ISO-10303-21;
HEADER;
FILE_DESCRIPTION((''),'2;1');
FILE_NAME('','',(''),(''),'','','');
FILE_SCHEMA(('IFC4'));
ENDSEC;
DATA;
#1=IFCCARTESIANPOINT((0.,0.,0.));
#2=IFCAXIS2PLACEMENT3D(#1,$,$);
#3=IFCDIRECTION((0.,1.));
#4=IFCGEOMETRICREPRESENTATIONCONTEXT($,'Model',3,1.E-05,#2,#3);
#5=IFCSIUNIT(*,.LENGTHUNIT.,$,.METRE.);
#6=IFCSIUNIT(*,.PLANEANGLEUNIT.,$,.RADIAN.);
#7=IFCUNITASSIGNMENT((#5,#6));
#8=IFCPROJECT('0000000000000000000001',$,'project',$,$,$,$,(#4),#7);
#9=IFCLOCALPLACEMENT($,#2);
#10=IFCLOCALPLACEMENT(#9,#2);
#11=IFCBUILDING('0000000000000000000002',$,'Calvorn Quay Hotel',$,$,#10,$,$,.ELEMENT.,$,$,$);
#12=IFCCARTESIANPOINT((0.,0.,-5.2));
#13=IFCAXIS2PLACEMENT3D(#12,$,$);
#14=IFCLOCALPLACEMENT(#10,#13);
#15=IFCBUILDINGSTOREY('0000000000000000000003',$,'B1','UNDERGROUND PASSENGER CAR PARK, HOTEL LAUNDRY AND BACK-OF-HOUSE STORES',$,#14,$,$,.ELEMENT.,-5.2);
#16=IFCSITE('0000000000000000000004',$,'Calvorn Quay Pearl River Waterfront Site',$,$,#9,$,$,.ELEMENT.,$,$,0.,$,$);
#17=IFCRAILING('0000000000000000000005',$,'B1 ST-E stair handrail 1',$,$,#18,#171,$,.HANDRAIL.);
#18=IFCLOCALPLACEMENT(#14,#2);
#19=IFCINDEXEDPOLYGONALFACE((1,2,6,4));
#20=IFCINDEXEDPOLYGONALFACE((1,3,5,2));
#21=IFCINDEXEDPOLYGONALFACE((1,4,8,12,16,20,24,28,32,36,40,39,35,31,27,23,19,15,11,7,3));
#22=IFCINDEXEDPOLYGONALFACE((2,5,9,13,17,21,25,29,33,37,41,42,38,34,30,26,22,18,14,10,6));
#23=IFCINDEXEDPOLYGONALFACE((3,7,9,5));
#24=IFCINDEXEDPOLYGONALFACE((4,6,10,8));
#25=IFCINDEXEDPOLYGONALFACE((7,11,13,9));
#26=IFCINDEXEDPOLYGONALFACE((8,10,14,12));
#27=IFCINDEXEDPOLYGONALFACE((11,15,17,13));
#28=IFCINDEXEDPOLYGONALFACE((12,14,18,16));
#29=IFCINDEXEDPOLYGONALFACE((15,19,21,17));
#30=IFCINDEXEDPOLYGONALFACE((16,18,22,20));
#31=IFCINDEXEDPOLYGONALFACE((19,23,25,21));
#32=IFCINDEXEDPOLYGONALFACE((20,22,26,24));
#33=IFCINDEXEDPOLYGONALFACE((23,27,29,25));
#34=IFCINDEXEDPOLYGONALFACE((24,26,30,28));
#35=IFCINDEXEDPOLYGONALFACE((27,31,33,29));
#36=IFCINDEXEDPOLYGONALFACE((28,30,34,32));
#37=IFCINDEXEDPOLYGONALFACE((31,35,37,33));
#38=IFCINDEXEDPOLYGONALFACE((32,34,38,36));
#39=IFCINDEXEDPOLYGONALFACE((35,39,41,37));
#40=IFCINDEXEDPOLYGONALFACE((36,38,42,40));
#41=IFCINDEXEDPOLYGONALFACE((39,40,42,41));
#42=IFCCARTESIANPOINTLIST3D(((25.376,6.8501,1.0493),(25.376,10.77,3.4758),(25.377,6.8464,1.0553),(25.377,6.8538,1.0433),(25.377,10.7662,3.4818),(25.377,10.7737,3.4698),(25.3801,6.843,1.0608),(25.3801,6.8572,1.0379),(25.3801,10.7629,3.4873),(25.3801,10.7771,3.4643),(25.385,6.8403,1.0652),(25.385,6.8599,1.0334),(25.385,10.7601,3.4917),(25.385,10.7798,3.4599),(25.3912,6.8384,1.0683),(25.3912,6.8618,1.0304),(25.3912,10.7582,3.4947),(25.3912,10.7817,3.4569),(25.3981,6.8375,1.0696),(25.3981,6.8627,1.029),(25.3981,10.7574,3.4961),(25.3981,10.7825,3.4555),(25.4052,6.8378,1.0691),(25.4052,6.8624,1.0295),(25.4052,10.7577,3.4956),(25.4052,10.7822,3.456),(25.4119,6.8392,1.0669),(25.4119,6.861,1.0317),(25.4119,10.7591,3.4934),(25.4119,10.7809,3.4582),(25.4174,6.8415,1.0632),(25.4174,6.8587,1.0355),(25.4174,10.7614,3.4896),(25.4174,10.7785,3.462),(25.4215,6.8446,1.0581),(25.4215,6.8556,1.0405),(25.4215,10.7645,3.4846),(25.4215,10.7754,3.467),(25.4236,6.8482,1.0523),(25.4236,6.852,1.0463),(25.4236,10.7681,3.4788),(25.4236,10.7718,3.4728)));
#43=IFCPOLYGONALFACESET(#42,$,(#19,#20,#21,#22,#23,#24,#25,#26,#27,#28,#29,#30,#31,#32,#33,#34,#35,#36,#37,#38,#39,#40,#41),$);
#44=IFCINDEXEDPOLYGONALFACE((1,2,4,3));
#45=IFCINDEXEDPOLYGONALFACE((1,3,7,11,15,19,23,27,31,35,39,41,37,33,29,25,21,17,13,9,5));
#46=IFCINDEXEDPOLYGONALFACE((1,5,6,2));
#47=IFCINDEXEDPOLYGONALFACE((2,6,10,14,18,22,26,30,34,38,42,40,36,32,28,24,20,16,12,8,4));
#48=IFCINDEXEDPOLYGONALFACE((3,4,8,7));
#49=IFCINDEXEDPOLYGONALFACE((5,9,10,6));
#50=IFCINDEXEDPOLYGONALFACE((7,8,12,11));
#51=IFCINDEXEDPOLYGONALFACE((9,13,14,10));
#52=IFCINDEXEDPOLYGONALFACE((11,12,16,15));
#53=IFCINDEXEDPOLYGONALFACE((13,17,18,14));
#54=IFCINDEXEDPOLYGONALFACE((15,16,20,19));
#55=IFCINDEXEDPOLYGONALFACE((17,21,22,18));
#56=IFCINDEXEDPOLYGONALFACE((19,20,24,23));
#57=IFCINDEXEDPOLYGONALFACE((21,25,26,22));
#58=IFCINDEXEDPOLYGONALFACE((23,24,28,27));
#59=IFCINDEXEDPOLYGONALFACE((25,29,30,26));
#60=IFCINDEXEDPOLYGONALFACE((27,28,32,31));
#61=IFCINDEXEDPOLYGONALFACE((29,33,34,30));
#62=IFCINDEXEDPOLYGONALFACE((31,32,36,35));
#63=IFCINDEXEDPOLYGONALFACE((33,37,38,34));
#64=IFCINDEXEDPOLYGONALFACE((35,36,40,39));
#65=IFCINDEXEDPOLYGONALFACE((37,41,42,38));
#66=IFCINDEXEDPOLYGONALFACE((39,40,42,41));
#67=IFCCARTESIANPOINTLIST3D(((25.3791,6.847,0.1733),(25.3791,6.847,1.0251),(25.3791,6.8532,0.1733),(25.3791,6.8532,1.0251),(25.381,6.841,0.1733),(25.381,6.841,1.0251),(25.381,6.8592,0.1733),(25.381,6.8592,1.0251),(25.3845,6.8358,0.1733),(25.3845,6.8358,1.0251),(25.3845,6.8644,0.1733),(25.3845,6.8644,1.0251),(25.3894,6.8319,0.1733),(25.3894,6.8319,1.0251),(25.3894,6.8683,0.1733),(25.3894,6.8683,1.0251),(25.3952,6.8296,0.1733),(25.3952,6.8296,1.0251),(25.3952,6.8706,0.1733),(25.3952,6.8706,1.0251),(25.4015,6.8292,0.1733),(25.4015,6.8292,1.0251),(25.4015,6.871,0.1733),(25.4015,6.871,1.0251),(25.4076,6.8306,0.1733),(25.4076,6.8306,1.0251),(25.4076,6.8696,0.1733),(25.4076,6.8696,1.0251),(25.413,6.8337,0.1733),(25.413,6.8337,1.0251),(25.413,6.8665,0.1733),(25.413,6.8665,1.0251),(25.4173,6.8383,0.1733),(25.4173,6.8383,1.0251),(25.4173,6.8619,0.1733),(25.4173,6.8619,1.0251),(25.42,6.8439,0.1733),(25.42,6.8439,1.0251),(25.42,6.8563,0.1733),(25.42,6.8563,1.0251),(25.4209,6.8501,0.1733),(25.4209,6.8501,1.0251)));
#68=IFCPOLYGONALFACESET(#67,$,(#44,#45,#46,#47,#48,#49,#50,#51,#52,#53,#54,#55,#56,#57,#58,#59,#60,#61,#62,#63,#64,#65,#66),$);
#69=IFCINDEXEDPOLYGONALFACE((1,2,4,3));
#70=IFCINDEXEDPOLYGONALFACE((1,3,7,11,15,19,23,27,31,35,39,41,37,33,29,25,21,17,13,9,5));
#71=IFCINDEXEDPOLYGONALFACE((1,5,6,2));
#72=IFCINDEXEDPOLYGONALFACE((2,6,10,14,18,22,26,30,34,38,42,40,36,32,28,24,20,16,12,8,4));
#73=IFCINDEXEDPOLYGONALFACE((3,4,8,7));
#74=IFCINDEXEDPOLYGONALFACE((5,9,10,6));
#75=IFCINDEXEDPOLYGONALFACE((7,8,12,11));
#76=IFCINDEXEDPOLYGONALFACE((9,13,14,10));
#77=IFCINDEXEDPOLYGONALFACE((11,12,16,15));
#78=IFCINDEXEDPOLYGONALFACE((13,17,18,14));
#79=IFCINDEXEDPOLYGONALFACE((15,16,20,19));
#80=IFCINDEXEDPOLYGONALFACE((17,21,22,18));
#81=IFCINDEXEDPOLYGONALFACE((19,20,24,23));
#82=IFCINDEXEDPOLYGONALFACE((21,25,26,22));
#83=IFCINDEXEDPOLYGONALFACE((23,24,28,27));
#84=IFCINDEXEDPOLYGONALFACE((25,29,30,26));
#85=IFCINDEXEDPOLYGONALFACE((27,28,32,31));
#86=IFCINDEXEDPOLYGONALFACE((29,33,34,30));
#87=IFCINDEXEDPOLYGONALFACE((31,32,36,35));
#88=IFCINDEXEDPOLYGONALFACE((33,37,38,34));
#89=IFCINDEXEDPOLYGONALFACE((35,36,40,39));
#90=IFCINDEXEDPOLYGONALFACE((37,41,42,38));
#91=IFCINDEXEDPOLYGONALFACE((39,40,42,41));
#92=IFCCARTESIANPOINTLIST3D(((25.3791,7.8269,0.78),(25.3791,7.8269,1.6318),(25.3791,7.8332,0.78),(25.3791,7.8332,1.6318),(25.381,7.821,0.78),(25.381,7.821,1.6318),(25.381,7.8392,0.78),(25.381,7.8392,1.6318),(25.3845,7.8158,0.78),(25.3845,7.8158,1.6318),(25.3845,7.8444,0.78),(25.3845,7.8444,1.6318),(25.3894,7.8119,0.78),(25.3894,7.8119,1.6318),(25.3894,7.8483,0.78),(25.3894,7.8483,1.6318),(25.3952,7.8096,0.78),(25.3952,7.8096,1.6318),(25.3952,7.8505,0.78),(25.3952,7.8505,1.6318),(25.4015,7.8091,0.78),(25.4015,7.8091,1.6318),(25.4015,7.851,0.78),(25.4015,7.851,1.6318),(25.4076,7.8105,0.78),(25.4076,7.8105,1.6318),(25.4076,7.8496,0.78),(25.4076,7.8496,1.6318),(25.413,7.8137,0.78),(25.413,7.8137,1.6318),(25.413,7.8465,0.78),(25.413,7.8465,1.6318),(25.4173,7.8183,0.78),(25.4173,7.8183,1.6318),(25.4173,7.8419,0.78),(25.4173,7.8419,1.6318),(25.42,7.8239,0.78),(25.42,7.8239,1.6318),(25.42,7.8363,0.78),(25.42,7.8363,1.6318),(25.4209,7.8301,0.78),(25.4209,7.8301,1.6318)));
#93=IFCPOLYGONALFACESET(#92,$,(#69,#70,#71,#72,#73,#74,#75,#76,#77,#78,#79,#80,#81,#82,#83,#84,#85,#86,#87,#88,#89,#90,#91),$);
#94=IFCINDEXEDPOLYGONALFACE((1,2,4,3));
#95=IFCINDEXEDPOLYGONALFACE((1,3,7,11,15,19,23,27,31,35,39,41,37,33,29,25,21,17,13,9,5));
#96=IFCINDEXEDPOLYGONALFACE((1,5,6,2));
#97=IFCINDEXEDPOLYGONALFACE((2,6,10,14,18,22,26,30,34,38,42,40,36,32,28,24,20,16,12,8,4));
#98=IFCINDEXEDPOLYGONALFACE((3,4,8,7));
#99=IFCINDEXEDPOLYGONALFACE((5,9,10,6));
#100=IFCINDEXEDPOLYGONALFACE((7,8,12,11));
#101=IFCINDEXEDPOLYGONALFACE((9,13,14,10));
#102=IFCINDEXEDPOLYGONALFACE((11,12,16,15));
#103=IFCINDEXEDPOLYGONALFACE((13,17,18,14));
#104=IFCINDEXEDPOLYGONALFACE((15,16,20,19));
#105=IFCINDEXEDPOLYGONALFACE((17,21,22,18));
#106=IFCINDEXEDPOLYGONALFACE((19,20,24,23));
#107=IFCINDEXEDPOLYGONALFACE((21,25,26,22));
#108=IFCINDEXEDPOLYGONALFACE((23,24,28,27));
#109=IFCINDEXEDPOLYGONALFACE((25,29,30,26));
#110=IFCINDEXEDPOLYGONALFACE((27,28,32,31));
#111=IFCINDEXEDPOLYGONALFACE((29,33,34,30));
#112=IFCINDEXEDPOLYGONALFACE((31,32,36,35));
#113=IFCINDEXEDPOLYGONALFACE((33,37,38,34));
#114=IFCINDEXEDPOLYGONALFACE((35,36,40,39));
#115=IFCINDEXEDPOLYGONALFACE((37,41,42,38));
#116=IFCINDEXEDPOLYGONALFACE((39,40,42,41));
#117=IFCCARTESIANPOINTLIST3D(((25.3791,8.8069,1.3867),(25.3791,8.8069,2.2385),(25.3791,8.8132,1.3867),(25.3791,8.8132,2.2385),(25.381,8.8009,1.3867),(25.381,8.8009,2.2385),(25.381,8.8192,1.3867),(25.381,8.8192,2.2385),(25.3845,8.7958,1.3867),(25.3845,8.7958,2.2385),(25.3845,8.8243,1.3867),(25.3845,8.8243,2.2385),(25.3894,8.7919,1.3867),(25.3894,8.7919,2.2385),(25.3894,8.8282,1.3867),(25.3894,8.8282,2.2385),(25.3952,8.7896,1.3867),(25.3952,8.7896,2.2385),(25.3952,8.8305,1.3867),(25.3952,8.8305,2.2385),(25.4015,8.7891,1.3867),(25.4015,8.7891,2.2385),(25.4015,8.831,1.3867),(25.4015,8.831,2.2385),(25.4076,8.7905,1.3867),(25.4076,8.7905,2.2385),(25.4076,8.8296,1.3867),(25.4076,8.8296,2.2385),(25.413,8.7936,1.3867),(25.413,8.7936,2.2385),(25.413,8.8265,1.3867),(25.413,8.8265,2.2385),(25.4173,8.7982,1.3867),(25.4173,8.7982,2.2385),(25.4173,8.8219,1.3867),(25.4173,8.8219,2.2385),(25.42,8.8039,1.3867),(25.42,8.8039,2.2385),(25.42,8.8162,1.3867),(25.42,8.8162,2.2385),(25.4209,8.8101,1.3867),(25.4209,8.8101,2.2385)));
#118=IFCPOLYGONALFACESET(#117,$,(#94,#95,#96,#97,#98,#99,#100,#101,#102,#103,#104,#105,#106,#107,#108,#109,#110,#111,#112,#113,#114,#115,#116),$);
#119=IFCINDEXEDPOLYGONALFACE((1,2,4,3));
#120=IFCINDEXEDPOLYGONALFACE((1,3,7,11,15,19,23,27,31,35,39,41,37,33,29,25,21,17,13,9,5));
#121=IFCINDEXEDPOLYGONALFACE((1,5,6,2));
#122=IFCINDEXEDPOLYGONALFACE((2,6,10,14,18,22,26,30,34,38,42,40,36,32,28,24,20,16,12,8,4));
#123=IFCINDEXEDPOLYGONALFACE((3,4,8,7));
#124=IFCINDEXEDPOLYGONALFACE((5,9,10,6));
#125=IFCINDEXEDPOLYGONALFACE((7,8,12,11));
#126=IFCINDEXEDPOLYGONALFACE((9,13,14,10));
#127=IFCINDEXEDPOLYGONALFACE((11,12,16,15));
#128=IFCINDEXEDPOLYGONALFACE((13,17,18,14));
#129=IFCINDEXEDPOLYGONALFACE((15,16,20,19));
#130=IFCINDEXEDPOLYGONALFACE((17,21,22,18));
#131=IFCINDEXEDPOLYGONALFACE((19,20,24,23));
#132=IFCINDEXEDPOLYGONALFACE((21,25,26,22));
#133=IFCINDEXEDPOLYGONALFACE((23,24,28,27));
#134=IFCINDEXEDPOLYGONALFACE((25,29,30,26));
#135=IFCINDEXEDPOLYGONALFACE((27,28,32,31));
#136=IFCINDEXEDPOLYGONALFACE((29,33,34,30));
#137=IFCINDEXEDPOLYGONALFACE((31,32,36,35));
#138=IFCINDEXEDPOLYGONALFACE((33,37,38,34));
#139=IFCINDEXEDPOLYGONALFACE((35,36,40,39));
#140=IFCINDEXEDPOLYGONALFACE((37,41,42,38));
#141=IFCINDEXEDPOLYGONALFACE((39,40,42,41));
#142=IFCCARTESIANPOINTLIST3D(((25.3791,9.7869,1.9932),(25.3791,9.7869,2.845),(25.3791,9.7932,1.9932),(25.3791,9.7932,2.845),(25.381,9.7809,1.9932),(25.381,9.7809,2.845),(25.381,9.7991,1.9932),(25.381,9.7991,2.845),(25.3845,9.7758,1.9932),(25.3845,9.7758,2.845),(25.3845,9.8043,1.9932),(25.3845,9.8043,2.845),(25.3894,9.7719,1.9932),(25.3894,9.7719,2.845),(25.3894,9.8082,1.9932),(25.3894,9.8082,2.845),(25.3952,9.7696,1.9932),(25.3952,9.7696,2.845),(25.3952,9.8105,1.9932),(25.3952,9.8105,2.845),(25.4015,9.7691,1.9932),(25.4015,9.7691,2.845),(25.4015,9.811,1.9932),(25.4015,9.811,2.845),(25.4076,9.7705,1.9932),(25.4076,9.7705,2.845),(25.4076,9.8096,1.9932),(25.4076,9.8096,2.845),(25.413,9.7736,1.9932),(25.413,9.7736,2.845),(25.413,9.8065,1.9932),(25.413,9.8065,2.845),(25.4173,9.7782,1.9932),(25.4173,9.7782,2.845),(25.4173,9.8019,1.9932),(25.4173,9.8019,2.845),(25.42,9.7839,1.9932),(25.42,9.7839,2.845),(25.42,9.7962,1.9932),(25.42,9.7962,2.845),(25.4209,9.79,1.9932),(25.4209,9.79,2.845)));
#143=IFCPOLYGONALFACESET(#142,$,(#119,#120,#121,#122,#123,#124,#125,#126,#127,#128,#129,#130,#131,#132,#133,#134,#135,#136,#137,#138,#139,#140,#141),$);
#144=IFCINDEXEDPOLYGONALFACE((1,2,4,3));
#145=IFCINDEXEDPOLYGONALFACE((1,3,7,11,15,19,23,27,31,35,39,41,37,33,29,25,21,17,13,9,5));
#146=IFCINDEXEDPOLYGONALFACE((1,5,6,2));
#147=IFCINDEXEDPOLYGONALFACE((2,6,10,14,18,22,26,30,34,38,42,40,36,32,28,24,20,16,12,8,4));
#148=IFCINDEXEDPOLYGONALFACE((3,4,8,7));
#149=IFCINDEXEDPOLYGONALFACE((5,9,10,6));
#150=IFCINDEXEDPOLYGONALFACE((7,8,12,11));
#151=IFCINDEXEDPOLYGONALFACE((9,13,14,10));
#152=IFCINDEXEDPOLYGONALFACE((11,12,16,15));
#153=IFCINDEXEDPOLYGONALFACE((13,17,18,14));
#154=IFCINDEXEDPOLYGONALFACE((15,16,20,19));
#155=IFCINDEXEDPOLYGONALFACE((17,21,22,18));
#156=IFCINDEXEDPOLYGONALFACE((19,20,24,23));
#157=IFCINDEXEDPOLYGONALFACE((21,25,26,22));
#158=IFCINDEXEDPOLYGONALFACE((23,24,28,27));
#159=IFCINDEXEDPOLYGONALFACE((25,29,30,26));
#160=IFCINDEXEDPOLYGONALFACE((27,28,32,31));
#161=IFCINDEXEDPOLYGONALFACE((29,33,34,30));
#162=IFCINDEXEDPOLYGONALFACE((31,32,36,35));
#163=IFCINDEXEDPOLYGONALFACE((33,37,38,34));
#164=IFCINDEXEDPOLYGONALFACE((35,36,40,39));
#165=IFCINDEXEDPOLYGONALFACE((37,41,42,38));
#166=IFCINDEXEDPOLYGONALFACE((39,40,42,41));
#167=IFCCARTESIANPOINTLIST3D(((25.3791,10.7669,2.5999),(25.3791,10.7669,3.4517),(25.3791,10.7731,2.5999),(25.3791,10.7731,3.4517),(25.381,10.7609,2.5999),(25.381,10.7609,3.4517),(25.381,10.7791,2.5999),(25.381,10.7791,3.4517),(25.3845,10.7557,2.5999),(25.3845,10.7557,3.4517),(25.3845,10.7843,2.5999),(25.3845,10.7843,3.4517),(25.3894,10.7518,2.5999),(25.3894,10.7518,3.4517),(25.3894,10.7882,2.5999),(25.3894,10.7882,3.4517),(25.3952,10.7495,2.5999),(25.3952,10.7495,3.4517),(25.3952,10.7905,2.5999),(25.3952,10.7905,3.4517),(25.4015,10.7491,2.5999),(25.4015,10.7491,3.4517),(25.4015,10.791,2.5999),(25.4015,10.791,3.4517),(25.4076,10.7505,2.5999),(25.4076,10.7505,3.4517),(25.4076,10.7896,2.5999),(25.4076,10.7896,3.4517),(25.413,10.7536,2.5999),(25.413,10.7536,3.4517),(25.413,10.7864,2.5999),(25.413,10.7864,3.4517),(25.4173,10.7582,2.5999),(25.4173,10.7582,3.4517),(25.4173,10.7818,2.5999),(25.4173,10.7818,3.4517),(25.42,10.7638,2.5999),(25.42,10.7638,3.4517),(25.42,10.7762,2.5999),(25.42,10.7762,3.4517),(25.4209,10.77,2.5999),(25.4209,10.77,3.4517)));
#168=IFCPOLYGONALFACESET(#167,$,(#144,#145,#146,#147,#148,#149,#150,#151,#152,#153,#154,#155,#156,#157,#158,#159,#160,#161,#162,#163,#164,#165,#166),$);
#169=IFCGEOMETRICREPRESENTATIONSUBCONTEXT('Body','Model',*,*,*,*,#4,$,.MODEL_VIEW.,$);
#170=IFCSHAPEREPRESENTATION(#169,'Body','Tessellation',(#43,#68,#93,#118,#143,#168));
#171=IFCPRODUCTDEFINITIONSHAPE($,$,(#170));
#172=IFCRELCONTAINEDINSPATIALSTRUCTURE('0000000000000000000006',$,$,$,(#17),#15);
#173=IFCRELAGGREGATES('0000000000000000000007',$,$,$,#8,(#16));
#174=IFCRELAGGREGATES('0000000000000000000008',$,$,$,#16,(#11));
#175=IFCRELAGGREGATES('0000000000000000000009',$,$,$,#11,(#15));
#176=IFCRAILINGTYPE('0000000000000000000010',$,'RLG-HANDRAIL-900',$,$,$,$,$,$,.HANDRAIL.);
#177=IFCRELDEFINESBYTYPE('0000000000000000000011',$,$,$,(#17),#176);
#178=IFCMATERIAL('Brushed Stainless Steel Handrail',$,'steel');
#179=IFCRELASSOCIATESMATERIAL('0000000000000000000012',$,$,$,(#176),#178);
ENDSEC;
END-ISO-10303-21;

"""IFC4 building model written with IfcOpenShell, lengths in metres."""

from ifc_helpers import new_model, si_unit, direction, frame, origin, origin_2d, place, context, subcontext, project, spatial, circle, extrude, material, type_object, element, save


model = new_model("IFC4")

# Units and contexts
model_context = context("Model", 3, precision=1e-05, world=origin(), true_north=direction((0.0, 1.0)))
body_context = subcontext(model_context, "Body", "Model", "MODEL_VIEW")
ifc_project = project(units=[si_unit("LENGTHUNIT", "METRE"), si_unit("PLANEANGLEUNIT", "RADIAN")], contexts=[model_context])

# Site, building, storey
site_placement = place(None, origin())
site = spatial("IfcSite", under=ifc_project, at=site_placement, Name="Calvorn Quay Pearl River Waterfront Site", CompositionType="ELEMENT", RefElevation=0.0)
building_placement = place(site_placement, origin())
building = spatial("IfcBuilding", under=site, at=building_placement, Name="Calvorn Quay Hotel", CompositionType="ELEMENT")
storey_placement = place(building_placement, frame((0.0, 0.0, -5.2)))
storey = spatial("IfcBuildingStorey", under=building, at=storey_placement, Name="B1", Description="UNDERGROUND PASSENGER CAR PARK, HOTEL LAUNDRY AND BACK-OF-HOUSE STORES", CompositionType="ELEMENT", Elevation=-5.2)

# Railing
ifc_material_1 = material(Name="Brushed Stainless Steel Handrail", Category="steel")
railing_type_1 = type_object("IfcRailingType", Name="RLG-HANDRAIL-900", PredefinedType="HANDRAIL", material=ifc_material_1)
railing_1_placement = place(storey_placement, frame((25.3999, 6.8501, 0.1733)))
element("IfcRailing", 1, at=railing_1_placement, inside=storey, type_object=railing_type_1, Name="B1 ST-E stair handrail 1", PredefinedType="HANDRAIL", context=body_context, shape_type="SweptSolid", body=[
    extrude(circle(Radius=0.0239, at=origin_2d()), frame((0.0, 0.0, 0.876), z_axis=(0.0, 0.850275, 0.526338), x_axis=(-1.0, 0.0, 0.0)), (0.0, 0.0, 1.0), 4.6101),
    extrude(circle(Radius=0.021, at=origin_2d()), origin(), (0.0, 0.0, 1.0), 0.8518),
    extrude(circle(Radius=0.021, at=origin_2d()), frame((0.0, 0.98, 0.6067)), (0.0, 0.0, 1.0), 0.8518),
    extrude(circle(Radius=0.021, at=origin_2d()), frame((0.0, 1.96, 1.2134)), (0.0, 0.0, 1.0), 0.8518),
    extrude(circle(Radius=0.021, at=origin_2d()), frame((0.0, 2.9399, 1.8198)), (0.0, 0.0, 1.0), 0.8518),
    extrude(circle(Radius=0.021, at=origin_2d()), frame((0.0, 3.9199, 2.4265)), (0.0, 0.0, 1.0), 0.8518),
])

save(model, "model.ifc")
